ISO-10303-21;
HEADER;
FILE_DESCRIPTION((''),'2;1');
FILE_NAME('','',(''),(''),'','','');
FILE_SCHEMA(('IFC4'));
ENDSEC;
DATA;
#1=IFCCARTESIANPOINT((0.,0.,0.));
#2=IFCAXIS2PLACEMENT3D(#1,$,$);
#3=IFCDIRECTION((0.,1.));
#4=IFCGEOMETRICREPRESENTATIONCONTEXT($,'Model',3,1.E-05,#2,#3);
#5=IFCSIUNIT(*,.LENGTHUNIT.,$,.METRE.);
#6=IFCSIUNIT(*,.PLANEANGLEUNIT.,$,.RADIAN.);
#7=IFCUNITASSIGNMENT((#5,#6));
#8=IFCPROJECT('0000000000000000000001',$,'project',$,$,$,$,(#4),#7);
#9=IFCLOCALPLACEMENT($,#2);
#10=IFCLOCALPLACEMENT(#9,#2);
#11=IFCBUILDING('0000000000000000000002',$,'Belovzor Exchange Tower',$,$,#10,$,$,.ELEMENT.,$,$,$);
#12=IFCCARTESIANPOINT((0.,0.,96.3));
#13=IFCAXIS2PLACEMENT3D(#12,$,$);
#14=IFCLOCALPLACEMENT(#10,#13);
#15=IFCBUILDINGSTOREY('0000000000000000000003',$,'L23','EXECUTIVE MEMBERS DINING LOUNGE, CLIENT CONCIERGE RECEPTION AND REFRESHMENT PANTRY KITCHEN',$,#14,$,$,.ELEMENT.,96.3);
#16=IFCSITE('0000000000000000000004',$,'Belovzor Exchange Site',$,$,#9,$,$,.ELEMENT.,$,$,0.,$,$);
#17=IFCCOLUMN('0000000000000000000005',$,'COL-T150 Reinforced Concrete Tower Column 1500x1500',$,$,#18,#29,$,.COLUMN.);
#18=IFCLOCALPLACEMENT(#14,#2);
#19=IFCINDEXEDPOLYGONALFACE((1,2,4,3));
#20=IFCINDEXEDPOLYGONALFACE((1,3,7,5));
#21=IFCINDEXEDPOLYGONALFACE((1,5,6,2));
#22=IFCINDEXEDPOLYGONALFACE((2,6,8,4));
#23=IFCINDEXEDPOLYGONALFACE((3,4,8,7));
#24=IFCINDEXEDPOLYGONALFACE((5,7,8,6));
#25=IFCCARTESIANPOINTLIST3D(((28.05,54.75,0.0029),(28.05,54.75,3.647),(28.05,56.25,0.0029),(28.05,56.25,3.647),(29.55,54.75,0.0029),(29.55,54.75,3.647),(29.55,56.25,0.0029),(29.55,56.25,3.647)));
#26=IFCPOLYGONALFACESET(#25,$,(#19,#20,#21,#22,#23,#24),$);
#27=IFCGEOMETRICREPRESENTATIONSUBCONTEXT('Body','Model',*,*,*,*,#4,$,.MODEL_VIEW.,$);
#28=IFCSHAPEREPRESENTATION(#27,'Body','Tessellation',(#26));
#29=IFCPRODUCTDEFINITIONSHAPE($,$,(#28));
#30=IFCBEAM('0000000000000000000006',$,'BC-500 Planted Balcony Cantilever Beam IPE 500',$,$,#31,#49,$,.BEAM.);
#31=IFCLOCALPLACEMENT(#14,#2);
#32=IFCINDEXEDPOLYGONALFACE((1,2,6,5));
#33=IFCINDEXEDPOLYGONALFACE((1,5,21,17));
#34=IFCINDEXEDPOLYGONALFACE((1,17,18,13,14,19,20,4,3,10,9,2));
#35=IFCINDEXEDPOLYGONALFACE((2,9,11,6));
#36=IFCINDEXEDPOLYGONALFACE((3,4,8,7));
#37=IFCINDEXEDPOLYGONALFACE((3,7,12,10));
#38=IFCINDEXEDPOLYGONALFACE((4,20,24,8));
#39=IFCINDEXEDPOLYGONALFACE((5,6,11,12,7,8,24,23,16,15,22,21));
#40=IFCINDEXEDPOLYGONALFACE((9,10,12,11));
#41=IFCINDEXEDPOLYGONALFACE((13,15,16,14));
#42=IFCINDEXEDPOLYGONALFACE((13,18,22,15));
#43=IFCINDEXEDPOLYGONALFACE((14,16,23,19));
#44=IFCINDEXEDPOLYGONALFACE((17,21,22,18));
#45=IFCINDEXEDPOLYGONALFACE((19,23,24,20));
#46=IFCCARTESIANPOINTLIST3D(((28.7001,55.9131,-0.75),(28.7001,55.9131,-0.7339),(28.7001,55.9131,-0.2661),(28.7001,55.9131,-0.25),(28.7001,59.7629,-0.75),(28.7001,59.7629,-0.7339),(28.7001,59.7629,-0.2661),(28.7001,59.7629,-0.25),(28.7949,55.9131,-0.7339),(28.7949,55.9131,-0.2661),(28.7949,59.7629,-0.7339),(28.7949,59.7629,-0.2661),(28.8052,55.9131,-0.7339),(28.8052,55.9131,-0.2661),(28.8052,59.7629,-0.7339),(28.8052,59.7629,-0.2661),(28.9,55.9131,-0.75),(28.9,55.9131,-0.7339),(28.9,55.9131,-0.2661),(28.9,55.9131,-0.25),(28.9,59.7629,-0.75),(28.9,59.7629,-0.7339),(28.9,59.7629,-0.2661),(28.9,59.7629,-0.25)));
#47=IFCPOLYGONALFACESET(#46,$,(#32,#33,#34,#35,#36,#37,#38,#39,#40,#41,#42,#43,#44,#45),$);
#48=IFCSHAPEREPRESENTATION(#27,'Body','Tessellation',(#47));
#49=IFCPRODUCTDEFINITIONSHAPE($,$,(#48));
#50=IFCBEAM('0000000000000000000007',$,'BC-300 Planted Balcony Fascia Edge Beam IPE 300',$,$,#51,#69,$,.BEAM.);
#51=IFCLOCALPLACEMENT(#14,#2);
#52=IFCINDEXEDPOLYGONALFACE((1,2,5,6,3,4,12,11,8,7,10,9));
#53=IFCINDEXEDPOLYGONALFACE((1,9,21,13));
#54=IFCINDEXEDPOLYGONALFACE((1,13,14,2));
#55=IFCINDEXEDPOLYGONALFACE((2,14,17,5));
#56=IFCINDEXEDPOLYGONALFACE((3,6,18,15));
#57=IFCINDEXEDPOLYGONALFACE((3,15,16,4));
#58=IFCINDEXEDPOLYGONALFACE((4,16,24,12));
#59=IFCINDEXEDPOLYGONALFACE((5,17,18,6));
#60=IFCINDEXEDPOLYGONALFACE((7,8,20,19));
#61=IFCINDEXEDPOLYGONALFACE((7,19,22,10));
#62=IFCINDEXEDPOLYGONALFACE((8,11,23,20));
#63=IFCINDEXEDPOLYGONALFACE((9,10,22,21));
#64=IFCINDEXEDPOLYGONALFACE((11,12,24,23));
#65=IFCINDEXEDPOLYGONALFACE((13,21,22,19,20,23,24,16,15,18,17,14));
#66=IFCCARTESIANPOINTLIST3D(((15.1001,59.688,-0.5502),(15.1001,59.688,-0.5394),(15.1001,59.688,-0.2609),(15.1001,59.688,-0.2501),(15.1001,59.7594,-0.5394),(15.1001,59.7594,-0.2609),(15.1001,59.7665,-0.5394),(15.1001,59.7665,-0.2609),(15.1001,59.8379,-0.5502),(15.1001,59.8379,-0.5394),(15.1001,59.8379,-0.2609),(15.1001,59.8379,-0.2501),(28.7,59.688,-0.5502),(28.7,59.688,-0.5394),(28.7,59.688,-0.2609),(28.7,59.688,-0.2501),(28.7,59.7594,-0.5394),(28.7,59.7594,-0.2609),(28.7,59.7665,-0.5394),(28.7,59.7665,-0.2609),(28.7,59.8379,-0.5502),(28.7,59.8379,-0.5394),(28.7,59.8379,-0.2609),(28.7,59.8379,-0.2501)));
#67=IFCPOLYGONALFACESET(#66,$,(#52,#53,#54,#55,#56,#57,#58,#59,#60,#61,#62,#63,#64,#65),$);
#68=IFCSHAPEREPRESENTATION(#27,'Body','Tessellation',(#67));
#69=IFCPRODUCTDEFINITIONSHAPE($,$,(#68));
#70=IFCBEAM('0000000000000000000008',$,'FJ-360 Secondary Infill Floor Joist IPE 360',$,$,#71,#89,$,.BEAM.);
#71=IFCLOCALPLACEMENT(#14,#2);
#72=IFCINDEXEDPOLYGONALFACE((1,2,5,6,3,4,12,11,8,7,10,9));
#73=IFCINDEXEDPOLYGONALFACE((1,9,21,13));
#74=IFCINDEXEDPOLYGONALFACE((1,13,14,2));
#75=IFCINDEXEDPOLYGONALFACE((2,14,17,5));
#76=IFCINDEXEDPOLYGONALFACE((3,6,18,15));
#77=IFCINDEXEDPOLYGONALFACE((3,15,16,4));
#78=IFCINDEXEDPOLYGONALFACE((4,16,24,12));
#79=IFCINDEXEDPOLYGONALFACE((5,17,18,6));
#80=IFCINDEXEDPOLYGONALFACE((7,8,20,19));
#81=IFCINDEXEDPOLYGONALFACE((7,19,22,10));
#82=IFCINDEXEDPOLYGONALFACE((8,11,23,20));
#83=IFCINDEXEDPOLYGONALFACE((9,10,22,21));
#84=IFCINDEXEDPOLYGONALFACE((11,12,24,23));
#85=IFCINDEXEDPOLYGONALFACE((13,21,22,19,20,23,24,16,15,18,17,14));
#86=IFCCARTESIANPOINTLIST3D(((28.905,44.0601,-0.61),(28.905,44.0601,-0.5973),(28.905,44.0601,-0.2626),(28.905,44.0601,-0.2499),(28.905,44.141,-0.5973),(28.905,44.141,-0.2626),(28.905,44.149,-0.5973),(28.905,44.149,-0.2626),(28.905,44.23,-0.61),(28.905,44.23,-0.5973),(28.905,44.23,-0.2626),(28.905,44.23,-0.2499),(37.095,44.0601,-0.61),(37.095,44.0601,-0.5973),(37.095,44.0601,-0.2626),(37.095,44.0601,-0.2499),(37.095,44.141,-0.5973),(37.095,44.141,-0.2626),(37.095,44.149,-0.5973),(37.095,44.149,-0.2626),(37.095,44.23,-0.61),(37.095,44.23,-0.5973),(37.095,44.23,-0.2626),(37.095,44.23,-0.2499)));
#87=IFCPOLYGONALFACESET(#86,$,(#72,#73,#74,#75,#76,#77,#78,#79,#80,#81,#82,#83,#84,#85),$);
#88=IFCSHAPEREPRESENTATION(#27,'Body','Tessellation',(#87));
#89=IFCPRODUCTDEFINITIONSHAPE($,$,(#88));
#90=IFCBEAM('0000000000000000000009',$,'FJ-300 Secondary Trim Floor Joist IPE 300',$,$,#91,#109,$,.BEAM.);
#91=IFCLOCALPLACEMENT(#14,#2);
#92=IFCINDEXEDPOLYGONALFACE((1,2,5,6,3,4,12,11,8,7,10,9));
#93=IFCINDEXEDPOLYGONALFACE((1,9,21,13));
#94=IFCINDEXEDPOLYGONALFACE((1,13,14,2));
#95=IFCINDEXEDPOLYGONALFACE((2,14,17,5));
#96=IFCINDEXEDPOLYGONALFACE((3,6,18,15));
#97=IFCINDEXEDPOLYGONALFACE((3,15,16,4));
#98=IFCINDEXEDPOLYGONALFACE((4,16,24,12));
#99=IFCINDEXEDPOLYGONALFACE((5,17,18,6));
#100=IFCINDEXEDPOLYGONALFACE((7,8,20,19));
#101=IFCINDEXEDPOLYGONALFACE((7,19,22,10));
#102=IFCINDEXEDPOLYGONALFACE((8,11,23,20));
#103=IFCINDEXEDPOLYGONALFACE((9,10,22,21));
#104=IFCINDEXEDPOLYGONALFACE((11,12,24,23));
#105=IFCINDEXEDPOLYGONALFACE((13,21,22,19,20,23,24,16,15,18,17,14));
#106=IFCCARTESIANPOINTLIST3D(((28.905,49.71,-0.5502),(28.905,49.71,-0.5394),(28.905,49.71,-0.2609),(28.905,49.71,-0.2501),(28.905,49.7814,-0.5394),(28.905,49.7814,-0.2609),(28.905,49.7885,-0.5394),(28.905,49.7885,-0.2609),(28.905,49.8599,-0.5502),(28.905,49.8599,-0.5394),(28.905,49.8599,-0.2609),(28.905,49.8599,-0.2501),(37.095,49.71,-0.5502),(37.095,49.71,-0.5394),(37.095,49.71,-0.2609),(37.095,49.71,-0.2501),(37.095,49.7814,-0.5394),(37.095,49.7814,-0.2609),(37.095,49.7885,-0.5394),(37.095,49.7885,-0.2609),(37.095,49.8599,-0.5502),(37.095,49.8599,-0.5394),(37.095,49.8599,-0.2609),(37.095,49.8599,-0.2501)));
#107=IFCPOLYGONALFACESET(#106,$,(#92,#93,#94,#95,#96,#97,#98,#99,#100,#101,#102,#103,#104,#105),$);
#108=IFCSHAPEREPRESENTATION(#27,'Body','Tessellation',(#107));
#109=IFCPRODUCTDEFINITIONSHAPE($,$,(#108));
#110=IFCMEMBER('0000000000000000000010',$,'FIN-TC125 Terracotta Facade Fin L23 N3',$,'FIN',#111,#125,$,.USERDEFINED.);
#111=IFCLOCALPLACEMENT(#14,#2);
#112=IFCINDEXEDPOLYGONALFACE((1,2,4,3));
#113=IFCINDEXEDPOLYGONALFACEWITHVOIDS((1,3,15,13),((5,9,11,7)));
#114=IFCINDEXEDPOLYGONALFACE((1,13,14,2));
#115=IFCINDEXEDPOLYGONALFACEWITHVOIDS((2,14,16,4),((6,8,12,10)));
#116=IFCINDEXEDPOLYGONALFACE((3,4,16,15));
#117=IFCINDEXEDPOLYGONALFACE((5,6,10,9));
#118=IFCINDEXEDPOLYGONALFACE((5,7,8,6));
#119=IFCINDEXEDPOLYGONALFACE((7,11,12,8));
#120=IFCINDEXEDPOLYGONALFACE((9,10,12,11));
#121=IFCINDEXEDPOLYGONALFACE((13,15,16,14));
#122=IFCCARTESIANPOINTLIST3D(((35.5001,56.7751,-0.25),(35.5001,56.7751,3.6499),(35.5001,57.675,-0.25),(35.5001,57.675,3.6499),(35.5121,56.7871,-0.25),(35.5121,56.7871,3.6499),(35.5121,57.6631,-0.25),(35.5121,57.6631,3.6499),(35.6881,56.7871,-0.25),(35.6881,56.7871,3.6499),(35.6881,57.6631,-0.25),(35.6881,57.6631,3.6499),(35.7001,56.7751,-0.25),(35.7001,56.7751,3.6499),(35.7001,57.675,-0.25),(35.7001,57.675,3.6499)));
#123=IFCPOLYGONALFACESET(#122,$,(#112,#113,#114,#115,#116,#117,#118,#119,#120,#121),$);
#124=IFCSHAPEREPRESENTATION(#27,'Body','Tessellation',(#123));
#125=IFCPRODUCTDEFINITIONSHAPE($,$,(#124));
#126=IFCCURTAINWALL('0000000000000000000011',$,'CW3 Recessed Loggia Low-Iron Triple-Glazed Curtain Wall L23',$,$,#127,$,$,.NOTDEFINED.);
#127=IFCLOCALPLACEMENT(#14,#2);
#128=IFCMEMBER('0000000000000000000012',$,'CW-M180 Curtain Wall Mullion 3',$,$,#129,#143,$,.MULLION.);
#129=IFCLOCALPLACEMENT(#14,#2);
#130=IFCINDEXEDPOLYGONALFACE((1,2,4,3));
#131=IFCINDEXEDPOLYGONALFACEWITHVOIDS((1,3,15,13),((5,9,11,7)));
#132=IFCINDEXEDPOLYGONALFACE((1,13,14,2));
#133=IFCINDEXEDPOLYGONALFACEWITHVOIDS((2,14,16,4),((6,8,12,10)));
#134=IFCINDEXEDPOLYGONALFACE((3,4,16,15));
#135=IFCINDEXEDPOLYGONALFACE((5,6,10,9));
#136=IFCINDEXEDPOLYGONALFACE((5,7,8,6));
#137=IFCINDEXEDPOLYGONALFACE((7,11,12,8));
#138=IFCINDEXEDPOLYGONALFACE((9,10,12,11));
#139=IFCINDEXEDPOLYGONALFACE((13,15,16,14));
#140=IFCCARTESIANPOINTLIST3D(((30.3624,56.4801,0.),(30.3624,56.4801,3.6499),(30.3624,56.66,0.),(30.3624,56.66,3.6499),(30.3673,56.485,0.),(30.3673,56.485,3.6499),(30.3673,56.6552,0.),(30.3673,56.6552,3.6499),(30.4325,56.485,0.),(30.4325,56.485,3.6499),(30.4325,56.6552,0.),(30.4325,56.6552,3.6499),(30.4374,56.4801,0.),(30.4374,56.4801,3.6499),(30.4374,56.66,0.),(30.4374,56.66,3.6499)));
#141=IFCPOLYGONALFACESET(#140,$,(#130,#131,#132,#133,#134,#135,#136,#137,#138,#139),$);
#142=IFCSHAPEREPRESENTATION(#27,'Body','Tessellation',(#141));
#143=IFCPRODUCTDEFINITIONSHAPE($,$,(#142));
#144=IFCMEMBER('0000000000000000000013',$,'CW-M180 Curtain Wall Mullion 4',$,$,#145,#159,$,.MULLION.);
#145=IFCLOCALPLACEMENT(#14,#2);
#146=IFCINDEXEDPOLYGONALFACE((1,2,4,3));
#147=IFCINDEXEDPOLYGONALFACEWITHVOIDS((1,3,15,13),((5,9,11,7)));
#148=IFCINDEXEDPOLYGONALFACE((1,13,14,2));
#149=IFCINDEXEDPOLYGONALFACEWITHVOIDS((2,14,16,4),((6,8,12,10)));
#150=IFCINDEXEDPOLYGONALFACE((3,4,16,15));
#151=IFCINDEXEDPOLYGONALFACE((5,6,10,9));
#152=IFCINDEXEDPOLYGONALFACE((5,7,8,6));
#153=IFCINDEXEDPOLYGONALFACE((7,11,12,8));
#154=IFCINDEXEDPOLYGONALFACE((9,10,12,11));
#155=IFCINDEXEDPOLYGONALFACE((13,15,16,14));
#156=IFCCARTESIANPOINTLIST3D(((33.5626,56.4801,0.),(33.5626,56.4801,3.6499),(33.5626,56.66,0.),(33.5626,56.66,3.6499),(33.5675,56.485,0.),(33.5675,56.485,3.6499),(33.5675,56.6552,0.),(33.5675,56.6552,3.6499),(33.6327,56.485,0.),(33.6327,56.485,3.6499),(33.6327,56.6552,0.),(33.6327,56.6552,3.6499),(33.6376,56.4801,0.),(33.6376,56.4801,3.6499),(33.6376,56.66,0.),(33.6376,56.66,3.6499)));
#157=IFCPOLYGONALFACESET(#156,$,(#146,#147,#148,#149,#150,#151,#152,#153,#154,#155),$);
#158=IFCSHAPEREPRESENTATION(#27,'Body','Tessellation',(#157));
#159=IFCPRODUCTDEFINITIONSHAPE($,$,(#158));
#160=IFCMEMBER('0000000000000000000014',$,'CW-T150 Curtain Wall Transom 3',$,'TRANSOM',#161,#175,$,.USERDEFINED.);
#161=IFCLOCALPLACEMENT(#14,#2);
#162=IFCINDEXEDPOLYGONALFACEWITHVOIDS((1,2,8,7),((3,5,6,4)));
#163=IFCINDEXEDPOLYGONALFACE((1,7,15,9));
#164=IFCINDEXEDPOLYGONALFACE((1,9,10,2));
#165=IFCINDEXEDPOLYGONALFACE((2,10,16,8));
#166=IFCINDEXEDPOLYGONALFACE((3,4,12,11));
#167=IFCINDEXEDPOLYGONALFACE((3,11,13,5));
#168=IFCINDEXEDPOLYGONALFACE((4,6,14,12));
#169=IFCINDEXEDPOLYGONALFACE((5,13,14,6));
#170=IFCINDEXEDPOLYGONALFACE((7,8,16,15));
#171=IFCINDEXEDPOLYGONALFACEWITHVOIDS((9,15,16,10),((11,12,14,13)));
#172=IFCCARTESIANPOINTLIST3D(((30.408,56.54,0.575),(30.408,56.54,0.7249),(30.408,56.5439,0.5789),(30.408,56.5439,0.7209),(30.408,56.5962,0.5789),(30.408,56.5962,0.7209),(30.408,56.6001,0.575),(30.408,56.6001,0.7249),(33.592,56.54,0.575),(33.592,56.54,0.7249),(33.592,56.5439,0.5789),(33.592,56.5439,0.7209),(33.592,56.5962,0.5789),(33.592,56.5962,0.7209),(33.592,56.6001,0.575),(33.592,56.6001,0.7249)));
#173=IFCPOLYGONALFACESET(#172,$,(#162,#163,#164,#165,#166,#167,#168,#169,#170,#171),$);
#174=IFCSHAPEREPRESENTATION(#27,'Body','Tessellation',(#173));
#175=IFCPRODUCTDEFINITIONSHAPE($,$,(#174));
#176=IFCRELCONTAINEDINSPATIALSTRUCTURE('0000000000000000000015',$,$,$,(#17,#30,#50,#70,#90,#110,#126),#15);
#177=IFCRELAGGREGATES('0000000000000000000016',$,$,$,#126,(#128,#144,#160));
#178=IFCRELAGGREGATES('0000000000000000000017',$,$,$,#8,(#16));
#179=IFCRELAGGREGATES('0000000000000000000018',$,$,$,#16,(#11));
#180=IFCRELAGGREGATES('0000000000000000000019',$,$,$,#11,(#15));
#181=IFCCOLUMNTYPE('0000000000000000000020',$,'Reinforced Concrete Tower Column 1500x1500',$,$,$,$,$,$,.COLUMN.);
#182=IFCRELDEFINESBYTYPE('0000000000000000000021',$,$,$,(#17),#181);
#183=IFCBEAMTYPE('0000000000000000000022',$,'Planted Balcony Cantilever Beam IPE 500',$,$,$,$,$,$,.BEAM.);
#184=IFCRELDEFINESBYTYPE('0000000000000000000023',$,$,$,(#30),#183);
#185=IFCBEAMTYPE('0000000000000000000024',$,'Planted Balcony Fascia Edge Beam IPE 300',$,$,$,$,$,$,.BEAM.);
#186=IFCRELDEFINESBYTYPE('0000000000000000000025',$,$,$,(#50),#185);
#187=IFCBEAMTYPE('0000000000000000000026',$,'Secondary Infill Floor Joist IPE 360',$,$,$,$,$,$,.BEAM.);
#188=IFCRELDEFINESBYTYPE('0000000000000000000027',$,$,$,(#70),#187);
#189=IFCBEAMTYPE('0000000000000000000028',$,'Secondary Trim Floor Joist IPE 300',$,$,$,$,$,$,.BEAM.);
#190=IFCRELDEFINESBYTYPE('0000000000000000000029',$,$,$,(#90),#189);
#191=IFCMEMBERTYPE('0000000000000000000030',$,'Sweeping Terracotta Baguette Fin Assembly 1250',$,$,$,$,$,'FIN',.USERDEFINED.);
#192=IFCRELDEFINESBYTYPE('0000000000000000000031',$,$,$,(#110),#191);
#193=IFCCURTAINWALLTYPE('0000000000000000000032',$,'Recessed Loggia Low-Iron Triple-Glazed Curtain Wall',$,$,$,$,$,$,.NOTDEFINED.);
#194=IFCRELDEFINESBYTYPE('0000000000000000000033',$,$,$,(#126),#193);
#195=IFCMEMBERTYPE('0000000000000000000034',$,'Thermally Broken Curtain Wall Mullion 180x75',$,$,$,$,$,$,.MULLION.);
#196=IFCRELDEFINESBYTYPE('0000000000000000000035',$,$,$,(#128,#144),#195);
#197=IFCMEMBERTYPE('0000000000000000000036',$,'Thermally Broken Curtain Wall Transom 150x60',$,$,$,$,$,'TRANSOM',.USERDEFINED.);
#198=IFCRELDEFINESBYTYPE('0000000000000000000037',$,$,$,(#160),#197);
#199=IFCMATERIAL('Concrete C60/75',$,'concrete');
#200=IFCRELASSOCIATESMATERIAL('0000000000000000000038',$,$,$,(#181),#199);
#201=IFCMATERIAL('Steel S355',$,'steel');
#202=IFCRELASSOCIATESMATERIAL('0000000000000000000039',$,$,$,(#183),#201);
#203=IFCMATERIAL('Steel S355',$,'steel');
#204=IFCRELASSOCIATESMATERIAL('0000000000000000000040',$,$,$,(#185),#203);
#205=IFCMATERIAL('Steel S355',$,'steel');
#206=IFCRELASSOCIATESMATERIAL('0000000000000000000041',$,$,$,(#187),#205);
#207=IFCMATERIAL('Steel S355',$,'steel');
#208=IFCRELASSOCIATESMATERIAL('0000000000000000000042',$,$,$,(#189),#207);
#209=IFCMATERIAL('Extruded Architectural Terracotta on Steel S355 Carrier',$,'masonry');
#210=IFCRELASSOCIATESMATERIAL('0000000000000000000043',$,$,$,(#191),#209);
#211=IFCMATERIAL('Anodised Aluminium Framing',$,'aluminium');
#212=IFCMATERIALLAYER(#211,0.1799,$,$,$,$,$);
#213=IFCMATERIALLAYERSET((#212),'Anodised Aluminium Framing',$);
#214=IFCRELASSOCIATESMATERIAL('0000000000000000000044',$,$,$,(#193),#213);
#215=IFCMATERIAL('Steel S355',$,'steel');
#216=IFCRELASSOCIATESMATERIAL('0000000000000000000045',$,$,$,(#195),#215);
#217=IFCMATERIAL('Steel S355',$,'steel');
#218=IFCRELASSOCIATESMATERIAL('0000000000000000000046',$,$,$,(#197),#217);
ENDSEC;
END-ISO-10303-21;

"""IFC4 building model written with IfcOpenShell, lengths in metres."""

from ifc_helpers import new_model, si_unit, direction, frame, origin, origin_2d, place, context, subcontext, project, spatial, rectangle, hollow_rectangle, i_section, extrude, material, layer, layer_set, material_profile, profile_set, type_object, element, aggregate, save


model = new_model("IFC4")

# Units and contexts
model_context = context("Model", 3, precision=1e-05, world=origin(), true_north=direction((0.0, 1.0)))
body_context = subcontext(model_context, "Body", "Model", "MODEL_VIEW")
ifc_project = project(units=[si_unit("LENGTHUNIT", "METRE"), si_unit("PLANEANGLEUNIT", "RADIAN")], contexts=[model_context])

# Site, building, storey
site_placement = place(None, origin())
site = spatial("IfcSite", under=ifc_project, at=site_placement, Name="Belovzor Exchange Site", CompositionType="ELEMENT", RefElevation=0.0)
building_placement = place(site_placement, origin())
building = spatial("IfcBuilding", under=site, at=building_placement, Name="Belovzor Exchange Tower", CompositionType="ELEMENT")
storey_placement = place(building_placement, frame((0.0, 0.0, 96.3)))
storey = spatial("IfcBuildingStorey", under=building, at=storey_placement, Name="L23", Description="EXECUTIVE MEMBERS DINING LOUNGE, CLIENT CONCIERGE RECEPTION AND REFRESHMENT PANTRY KITCHEN", CompositionType="ELEMENT", Elevation=96.3)

# Column
ifc_material_1 = material(Name="Concrete C60/75", Category="concrete")
ifc_material_profile_1 = material_profile(ifc_material_1, rectangle(XDim=1.5, YDim=1.5, at=origin_2d()))
ifc_profile_set_1 = profile_set([ifc_material_profile_1], Name="Concrete C60/75")
column_type = type_object("IfcColumnType", Name="Reinforced Concrete Tower Column 1500x1500", PredefinedType="COLUMN", material=ifc_profile_set_1)
column_placement = place(storey_placement, frame((28.8, 55.5, 0.0029), z_axis=(0.0, 0.0, 1.0), x_axis=(1.0, 0.0, 0.0)))
element("IfcColumn", 1, at=column_placement, inside=storey, type_object=column_type, Name="COL-T150 Reinforced Concrete Tower Column 1500x1500", PredefinedType="COLUMN", context=body_context, shape_type="SweptSolid", body=[
    extrude(rectangle(XDim=1.5, YDim=1.5, at=origin_2d()), origin(), (0.0, 0.0, 1.0), 3.644),
])

# Beams
ifc_material_2 = material(Name="Steel S355", Category="steel")
ifc_material_profile_2 = material_profile(ifc_material_2, i_section(OverallWidth=0.2, OverallDepth=0.5, WebThickness=0.0103, FlangeThickness=0.0161, at=origin_2d()))
ifc_profile_set_2 = profile_set([ifc_material_profile_2], Name="Steel S355")
beam_type_1 = type_object("IfcBeamType", Name="Planted Balcony Cantilever Beam IPE 500", PredefinedType="BEAM", material=ifc_profile_set_2)
beam_1_placement = place(storey_placement, frame((28.8, 55.9131, -0.5), z_axis=(0.0, 1.0, 0.0), x_axis=(-1.0, 0.0, 0.0)))
element("IfcBeam", 2, at=beam_1_placement, inside=storey, type_object=beam_type_1, Name="BC-500 Planted Balcony Cantilever Beam IPE 500", PredefinedType="BEAM", context=body_context, shape_type="SweptSolid", body=[
    extrude(i_section(OverallWidth=0.2, OverallDepth=0.5, WebThickness=0.0103, FlangeThickness=0.0161, at=origin_2d()), origin(), (0.0, 0.0, 1.0), 3.8499),
])
ifc_material_3 = material(Name="Steel S355", Category="steel")
ifc_material_profile_3 = material_profile(ifc_material_3, i_section(OverallWidth=0.1499, OverallDepth=0.3, WebThickness=0.0071, FlangeThickness=0.0107, at=origin_2d()))
ifc_profile_set_3 = profile_set([ifc_material_profile_3], Name="Steel S355")
beam_type_2 = type_object("IfcBeamType", Name="Planted Balcony Fascia Edge Beam IPE 300", PredefinedType="BEAM", material=ifc_profile_set_3)
beam_2_placement = place(storey_placement, frame((28.7, 59.7629, -0.4001), z_axis=(-1.0, 0.0, 0.0), x_axis=(0.0, -1.0, 0.0)))
element("IfcBeam", 3, at=beam_2_placement, inside=storey, type_object=beam_type_2, Name="BC-300 Planted Balcony Fascia Edge Beam IPE 300", PredefinedType="BEAM", context=body_context, shape_type="SweptSolid", body=[
    extrude(i_section(OverallWidth=0.1499, OverallDepth=0.3, WebThickness=0.0071, FlangeThickness=0.0107, at=origin_2d()), origin(), (0.0, 0.0, 1.0), 13.5999),
])
ifc_material_4 = material(Name="Steel S355", Category="steel")
ifc_material_profile_4 = material_profile(ifc_material_4, i_section(OverallWidth=0.1699, OverallDepth=0.3601, WebThickness=0.0081, FlangeThickness=0.0127, at=origin_2d()))
ifc_profile_set_4 = profile_set([ifc_material_profile_4], Name="Steel S355")
beam_type_3 = type_object("IfcBeamType", Name="Secondary Infill Floor Joist IPE 360", PredefinedType="BEAM", material=ifc_profile_set_4)
beam_3_placement = place(storey_placement, frame((28.905, 44.145, -0.4299), z_axis=(1.0, 0.0, 0.0), x_axis=(0.0, 1.0, 0.0)))
element("IfcBeam", 4, at=beam_3_placement, inside=storey, type_object=beam_type_3, Name="FJ-360 Secondary Infill Floor Joist IPE 360", PredefinedType="BEAM", context=body_context, shape_type="SweptSolid", body=[
    extrude(i_section(OverallWidth=0.1699, OverallDepth=0.3601, WebThickness=0.0081, FlangeThickness=0.0127, at=origin_2d()), origin(), (0.0, 0.0, 1.0), 8.1899),
])
ifc_material_5 = material(Name="Steel S355", Category="steel")
ifc_material_profile_5 = material_profile(ifc_material_5, i_section(OverallWidth=0.1499, OverallDepth=0.3, WebThickness=0.0071, FlangeThickness=0.0107, at=origin_2d()))
ifc_profile_set_5 = profile_set([ifc_material_profile_5], Name="Steel S355")
beam_type_4 = type_object("IfcBeamType", Name="Secondary Trim Floor Joist IPE 300", PredefinedType="BEAM", material=ifc_profile_set_5)
beam_4_placement = place(storey_placement, frame((28.905, 49.7849, -0.4001), z_axis=(1.0, 0.0, 0.0), x_axis=(0.0, 1.0, 0.0)))
element("IfcBeam", 5, at=beam_4_placement, inside=storey, type_object=beam_type_4, Name="FJ-300 Secondary Trim Floor Joist IPE 300", PredefinedType="BEAM", context=body_context, shape_type="SweptSolid", body=[
    extrude(i_section(OverallWidth=0.1499, OverallDepth=0.3, WebThickness=0.0071, FlangeThickness=0.0107, at=origin_2d()), origin(), (0.0, 0.0, 1.0), 8.1899),
])

# Member
ifc_material_6 = material(Name="Extruded Architectural Terracotta on Steel S355 Carrier", Category="masonry")
ifc_material_profile_6 = material_profile(ifc_material_6, hollow_rectangle(XDim=0.2, YDim=0.8999, WallThickness=0.012, at=origin_2d()))
ifc_profile_set_6 = profile_set([ifc_material_profile_6], Name="Extruded Architectural Terracotta on Steel S355 Carrier")
member_type_1 = type_object("IfcMemberType", Name="Sweeping Terracotta Baguette Fin Assembly 1250", ElementType="FIN", PredefinedType="USERDEFINED", material=ifc_profile_set_6)
member_1_placement = place(storey_placement, frame((35.6001, 57.2251, -0.25), z_axis=(0.0, 0.0, 1.0), x_axis=(1.0, 0.0, 0.0)))
element("IfcMember", 6, at=member_1_placement, inside=storey, type_object=member_type_1, Name="FIN-TC125 Terracotta Facade Fin L23 N3", ObjectType="FIN", PredefinedType="USERDEFINED", context=body_context, shape_type="SweptSolid", body=[
    extrude(hollow_rectangle(XDim=0.2, YDim=0.8999, WallThickness=0.012, at=origin_2d()), origin(), (0.0, 0.0, 1.0), 3.8999),
])

# Curtain wall, members
ifc_material_7 = material(Name="Anodised Aluminium Framing", Category="aluminium")
ifc_layer_1 = layer(ifc_material_7, 0.1799)
ifc_layer_set_1 = layer_set([ifc_layer_1], Name="Anodised Aluminium Framing")
curtain_wall_type = type_object("IfcCurtainWallType", Name="Recessed Loggia Low-Iron Triple-Glazed Curtain Wall", PredefinedType="NOTDEFINED", material=ifc_layer_set_1)
curtain_wall_placement = place(storey_placement, origin())
curtain_wall = element("IfcCurtainWall", 7, at=curtain_wall_placement, inside=storey, type_object=curtain_wall_type, Name="CW3 Recessed Loggia Low-Iron Triple-Glazed Curtain Wall L23", PredefinedType="NOTDEFINED")
ifc_material_8 = material(Name="Steel S355", Category="steel")
ifc_material_profile_7 = material_profile(ifc_material_8, hollow_rectangle(XDim=0.075, YDim=0.1799, WallThickness=0.0049, at=origin_2d()))
ifc_profile_set_7 = profile_set([ifc_material_profile_7], Name="Steel S355")
member_type_2 = type_object("IfcMemberType", Name="Thermally Broken Curtain Wall Mullion 180x75", PredefinedType="MULLION", material=ifc_profile_set_7)
member_2_placement = place(storey_placement, frame((30.3999, 56.5701, 0.0), z_axis=(0.0, 0.0, 1.0), x_axis=(1.0, 0.0, 0.0)))
member_2 = element("IfcMember", 8, at=member_2_placement, type_object=member_type_2, Name="CW-M180 Curtain Wall Mullion 3", PredefinedType="MULLION", context=body_context, shape_type="SweptSolid", body=[
    extrude(hollow_rectangle(XDim=0.075, YDim=0.1799, WallThickness=0.0049, at=origin_2d()), origin(), (0.0, 0.0, 1.0), 3.6499),
])
member_3_placement = place(storey_placement, frame((33.6001, 56.5701, 0.0), z_axis=(0.0, 0.0, 1.0), x_axis=(1.0, 0.0, 0.0)))
member_3 = element("IfcMember", 9, at=member_3_placement, type_object=member_type_2, Name="CW-M180 Curtain Wall Mullion 4", PredefinedType="MULLION", context=body_context, shape_type="SweptSolid", body=[
    extrude(hollow_rectangle(XDim=0.075, YDim=0.1799, WallThickness=0.0049, at=origin_2d()), origin(), (0.0, 0.0, 1.0), 3.6499),
])
ifc_material_9 = material(Name="Steel S355", Category="steel")
ifc_material_profile_8 = material_profile(ifc_material_9, hollow_rectangle(XDim=0.0601, YDim=0.1499, WallThickness=0.0039, at=origin_2d()))
ifc_profile_set_8 = profile_set([ifc_material_profile_8], Name="Steel S355")
member_type_3 = type_object("IfcMemberType", Name="Thermally Broken Curtain Wall Transom 150x60", ElementType="TRANSOM", PredefinedType="USERDEFINED", material=ifc_profile_set_8)
member_4_placement = place(storey_placement, frame((30.408, 56.5701, 0.6499), z_axis=(1.0, 0.0, 0.0), x_axis=(0.0, 1.0, 0.0)))
member_4 = element("IfcMember", 10, at=member_4_placement, type_object=member_type_3, Name="CW-T150 Curtain Wall Transom 3", ObjectType="TRANSOM", PredefinedType="USERDEFINED", context=body_context, shape_type="SweptSolid", body=[
    extrude(hollow_rectangle(XDim=0.0601, YDim=0.1499, WallThickness=0.0039, at=origin_2d()), origin(), (0.0, 0.0, 1.0), 3.1841),
])

aggregate(curtain_wall, [member_2, member_3, member_4])

save(model, "model.ifc")
